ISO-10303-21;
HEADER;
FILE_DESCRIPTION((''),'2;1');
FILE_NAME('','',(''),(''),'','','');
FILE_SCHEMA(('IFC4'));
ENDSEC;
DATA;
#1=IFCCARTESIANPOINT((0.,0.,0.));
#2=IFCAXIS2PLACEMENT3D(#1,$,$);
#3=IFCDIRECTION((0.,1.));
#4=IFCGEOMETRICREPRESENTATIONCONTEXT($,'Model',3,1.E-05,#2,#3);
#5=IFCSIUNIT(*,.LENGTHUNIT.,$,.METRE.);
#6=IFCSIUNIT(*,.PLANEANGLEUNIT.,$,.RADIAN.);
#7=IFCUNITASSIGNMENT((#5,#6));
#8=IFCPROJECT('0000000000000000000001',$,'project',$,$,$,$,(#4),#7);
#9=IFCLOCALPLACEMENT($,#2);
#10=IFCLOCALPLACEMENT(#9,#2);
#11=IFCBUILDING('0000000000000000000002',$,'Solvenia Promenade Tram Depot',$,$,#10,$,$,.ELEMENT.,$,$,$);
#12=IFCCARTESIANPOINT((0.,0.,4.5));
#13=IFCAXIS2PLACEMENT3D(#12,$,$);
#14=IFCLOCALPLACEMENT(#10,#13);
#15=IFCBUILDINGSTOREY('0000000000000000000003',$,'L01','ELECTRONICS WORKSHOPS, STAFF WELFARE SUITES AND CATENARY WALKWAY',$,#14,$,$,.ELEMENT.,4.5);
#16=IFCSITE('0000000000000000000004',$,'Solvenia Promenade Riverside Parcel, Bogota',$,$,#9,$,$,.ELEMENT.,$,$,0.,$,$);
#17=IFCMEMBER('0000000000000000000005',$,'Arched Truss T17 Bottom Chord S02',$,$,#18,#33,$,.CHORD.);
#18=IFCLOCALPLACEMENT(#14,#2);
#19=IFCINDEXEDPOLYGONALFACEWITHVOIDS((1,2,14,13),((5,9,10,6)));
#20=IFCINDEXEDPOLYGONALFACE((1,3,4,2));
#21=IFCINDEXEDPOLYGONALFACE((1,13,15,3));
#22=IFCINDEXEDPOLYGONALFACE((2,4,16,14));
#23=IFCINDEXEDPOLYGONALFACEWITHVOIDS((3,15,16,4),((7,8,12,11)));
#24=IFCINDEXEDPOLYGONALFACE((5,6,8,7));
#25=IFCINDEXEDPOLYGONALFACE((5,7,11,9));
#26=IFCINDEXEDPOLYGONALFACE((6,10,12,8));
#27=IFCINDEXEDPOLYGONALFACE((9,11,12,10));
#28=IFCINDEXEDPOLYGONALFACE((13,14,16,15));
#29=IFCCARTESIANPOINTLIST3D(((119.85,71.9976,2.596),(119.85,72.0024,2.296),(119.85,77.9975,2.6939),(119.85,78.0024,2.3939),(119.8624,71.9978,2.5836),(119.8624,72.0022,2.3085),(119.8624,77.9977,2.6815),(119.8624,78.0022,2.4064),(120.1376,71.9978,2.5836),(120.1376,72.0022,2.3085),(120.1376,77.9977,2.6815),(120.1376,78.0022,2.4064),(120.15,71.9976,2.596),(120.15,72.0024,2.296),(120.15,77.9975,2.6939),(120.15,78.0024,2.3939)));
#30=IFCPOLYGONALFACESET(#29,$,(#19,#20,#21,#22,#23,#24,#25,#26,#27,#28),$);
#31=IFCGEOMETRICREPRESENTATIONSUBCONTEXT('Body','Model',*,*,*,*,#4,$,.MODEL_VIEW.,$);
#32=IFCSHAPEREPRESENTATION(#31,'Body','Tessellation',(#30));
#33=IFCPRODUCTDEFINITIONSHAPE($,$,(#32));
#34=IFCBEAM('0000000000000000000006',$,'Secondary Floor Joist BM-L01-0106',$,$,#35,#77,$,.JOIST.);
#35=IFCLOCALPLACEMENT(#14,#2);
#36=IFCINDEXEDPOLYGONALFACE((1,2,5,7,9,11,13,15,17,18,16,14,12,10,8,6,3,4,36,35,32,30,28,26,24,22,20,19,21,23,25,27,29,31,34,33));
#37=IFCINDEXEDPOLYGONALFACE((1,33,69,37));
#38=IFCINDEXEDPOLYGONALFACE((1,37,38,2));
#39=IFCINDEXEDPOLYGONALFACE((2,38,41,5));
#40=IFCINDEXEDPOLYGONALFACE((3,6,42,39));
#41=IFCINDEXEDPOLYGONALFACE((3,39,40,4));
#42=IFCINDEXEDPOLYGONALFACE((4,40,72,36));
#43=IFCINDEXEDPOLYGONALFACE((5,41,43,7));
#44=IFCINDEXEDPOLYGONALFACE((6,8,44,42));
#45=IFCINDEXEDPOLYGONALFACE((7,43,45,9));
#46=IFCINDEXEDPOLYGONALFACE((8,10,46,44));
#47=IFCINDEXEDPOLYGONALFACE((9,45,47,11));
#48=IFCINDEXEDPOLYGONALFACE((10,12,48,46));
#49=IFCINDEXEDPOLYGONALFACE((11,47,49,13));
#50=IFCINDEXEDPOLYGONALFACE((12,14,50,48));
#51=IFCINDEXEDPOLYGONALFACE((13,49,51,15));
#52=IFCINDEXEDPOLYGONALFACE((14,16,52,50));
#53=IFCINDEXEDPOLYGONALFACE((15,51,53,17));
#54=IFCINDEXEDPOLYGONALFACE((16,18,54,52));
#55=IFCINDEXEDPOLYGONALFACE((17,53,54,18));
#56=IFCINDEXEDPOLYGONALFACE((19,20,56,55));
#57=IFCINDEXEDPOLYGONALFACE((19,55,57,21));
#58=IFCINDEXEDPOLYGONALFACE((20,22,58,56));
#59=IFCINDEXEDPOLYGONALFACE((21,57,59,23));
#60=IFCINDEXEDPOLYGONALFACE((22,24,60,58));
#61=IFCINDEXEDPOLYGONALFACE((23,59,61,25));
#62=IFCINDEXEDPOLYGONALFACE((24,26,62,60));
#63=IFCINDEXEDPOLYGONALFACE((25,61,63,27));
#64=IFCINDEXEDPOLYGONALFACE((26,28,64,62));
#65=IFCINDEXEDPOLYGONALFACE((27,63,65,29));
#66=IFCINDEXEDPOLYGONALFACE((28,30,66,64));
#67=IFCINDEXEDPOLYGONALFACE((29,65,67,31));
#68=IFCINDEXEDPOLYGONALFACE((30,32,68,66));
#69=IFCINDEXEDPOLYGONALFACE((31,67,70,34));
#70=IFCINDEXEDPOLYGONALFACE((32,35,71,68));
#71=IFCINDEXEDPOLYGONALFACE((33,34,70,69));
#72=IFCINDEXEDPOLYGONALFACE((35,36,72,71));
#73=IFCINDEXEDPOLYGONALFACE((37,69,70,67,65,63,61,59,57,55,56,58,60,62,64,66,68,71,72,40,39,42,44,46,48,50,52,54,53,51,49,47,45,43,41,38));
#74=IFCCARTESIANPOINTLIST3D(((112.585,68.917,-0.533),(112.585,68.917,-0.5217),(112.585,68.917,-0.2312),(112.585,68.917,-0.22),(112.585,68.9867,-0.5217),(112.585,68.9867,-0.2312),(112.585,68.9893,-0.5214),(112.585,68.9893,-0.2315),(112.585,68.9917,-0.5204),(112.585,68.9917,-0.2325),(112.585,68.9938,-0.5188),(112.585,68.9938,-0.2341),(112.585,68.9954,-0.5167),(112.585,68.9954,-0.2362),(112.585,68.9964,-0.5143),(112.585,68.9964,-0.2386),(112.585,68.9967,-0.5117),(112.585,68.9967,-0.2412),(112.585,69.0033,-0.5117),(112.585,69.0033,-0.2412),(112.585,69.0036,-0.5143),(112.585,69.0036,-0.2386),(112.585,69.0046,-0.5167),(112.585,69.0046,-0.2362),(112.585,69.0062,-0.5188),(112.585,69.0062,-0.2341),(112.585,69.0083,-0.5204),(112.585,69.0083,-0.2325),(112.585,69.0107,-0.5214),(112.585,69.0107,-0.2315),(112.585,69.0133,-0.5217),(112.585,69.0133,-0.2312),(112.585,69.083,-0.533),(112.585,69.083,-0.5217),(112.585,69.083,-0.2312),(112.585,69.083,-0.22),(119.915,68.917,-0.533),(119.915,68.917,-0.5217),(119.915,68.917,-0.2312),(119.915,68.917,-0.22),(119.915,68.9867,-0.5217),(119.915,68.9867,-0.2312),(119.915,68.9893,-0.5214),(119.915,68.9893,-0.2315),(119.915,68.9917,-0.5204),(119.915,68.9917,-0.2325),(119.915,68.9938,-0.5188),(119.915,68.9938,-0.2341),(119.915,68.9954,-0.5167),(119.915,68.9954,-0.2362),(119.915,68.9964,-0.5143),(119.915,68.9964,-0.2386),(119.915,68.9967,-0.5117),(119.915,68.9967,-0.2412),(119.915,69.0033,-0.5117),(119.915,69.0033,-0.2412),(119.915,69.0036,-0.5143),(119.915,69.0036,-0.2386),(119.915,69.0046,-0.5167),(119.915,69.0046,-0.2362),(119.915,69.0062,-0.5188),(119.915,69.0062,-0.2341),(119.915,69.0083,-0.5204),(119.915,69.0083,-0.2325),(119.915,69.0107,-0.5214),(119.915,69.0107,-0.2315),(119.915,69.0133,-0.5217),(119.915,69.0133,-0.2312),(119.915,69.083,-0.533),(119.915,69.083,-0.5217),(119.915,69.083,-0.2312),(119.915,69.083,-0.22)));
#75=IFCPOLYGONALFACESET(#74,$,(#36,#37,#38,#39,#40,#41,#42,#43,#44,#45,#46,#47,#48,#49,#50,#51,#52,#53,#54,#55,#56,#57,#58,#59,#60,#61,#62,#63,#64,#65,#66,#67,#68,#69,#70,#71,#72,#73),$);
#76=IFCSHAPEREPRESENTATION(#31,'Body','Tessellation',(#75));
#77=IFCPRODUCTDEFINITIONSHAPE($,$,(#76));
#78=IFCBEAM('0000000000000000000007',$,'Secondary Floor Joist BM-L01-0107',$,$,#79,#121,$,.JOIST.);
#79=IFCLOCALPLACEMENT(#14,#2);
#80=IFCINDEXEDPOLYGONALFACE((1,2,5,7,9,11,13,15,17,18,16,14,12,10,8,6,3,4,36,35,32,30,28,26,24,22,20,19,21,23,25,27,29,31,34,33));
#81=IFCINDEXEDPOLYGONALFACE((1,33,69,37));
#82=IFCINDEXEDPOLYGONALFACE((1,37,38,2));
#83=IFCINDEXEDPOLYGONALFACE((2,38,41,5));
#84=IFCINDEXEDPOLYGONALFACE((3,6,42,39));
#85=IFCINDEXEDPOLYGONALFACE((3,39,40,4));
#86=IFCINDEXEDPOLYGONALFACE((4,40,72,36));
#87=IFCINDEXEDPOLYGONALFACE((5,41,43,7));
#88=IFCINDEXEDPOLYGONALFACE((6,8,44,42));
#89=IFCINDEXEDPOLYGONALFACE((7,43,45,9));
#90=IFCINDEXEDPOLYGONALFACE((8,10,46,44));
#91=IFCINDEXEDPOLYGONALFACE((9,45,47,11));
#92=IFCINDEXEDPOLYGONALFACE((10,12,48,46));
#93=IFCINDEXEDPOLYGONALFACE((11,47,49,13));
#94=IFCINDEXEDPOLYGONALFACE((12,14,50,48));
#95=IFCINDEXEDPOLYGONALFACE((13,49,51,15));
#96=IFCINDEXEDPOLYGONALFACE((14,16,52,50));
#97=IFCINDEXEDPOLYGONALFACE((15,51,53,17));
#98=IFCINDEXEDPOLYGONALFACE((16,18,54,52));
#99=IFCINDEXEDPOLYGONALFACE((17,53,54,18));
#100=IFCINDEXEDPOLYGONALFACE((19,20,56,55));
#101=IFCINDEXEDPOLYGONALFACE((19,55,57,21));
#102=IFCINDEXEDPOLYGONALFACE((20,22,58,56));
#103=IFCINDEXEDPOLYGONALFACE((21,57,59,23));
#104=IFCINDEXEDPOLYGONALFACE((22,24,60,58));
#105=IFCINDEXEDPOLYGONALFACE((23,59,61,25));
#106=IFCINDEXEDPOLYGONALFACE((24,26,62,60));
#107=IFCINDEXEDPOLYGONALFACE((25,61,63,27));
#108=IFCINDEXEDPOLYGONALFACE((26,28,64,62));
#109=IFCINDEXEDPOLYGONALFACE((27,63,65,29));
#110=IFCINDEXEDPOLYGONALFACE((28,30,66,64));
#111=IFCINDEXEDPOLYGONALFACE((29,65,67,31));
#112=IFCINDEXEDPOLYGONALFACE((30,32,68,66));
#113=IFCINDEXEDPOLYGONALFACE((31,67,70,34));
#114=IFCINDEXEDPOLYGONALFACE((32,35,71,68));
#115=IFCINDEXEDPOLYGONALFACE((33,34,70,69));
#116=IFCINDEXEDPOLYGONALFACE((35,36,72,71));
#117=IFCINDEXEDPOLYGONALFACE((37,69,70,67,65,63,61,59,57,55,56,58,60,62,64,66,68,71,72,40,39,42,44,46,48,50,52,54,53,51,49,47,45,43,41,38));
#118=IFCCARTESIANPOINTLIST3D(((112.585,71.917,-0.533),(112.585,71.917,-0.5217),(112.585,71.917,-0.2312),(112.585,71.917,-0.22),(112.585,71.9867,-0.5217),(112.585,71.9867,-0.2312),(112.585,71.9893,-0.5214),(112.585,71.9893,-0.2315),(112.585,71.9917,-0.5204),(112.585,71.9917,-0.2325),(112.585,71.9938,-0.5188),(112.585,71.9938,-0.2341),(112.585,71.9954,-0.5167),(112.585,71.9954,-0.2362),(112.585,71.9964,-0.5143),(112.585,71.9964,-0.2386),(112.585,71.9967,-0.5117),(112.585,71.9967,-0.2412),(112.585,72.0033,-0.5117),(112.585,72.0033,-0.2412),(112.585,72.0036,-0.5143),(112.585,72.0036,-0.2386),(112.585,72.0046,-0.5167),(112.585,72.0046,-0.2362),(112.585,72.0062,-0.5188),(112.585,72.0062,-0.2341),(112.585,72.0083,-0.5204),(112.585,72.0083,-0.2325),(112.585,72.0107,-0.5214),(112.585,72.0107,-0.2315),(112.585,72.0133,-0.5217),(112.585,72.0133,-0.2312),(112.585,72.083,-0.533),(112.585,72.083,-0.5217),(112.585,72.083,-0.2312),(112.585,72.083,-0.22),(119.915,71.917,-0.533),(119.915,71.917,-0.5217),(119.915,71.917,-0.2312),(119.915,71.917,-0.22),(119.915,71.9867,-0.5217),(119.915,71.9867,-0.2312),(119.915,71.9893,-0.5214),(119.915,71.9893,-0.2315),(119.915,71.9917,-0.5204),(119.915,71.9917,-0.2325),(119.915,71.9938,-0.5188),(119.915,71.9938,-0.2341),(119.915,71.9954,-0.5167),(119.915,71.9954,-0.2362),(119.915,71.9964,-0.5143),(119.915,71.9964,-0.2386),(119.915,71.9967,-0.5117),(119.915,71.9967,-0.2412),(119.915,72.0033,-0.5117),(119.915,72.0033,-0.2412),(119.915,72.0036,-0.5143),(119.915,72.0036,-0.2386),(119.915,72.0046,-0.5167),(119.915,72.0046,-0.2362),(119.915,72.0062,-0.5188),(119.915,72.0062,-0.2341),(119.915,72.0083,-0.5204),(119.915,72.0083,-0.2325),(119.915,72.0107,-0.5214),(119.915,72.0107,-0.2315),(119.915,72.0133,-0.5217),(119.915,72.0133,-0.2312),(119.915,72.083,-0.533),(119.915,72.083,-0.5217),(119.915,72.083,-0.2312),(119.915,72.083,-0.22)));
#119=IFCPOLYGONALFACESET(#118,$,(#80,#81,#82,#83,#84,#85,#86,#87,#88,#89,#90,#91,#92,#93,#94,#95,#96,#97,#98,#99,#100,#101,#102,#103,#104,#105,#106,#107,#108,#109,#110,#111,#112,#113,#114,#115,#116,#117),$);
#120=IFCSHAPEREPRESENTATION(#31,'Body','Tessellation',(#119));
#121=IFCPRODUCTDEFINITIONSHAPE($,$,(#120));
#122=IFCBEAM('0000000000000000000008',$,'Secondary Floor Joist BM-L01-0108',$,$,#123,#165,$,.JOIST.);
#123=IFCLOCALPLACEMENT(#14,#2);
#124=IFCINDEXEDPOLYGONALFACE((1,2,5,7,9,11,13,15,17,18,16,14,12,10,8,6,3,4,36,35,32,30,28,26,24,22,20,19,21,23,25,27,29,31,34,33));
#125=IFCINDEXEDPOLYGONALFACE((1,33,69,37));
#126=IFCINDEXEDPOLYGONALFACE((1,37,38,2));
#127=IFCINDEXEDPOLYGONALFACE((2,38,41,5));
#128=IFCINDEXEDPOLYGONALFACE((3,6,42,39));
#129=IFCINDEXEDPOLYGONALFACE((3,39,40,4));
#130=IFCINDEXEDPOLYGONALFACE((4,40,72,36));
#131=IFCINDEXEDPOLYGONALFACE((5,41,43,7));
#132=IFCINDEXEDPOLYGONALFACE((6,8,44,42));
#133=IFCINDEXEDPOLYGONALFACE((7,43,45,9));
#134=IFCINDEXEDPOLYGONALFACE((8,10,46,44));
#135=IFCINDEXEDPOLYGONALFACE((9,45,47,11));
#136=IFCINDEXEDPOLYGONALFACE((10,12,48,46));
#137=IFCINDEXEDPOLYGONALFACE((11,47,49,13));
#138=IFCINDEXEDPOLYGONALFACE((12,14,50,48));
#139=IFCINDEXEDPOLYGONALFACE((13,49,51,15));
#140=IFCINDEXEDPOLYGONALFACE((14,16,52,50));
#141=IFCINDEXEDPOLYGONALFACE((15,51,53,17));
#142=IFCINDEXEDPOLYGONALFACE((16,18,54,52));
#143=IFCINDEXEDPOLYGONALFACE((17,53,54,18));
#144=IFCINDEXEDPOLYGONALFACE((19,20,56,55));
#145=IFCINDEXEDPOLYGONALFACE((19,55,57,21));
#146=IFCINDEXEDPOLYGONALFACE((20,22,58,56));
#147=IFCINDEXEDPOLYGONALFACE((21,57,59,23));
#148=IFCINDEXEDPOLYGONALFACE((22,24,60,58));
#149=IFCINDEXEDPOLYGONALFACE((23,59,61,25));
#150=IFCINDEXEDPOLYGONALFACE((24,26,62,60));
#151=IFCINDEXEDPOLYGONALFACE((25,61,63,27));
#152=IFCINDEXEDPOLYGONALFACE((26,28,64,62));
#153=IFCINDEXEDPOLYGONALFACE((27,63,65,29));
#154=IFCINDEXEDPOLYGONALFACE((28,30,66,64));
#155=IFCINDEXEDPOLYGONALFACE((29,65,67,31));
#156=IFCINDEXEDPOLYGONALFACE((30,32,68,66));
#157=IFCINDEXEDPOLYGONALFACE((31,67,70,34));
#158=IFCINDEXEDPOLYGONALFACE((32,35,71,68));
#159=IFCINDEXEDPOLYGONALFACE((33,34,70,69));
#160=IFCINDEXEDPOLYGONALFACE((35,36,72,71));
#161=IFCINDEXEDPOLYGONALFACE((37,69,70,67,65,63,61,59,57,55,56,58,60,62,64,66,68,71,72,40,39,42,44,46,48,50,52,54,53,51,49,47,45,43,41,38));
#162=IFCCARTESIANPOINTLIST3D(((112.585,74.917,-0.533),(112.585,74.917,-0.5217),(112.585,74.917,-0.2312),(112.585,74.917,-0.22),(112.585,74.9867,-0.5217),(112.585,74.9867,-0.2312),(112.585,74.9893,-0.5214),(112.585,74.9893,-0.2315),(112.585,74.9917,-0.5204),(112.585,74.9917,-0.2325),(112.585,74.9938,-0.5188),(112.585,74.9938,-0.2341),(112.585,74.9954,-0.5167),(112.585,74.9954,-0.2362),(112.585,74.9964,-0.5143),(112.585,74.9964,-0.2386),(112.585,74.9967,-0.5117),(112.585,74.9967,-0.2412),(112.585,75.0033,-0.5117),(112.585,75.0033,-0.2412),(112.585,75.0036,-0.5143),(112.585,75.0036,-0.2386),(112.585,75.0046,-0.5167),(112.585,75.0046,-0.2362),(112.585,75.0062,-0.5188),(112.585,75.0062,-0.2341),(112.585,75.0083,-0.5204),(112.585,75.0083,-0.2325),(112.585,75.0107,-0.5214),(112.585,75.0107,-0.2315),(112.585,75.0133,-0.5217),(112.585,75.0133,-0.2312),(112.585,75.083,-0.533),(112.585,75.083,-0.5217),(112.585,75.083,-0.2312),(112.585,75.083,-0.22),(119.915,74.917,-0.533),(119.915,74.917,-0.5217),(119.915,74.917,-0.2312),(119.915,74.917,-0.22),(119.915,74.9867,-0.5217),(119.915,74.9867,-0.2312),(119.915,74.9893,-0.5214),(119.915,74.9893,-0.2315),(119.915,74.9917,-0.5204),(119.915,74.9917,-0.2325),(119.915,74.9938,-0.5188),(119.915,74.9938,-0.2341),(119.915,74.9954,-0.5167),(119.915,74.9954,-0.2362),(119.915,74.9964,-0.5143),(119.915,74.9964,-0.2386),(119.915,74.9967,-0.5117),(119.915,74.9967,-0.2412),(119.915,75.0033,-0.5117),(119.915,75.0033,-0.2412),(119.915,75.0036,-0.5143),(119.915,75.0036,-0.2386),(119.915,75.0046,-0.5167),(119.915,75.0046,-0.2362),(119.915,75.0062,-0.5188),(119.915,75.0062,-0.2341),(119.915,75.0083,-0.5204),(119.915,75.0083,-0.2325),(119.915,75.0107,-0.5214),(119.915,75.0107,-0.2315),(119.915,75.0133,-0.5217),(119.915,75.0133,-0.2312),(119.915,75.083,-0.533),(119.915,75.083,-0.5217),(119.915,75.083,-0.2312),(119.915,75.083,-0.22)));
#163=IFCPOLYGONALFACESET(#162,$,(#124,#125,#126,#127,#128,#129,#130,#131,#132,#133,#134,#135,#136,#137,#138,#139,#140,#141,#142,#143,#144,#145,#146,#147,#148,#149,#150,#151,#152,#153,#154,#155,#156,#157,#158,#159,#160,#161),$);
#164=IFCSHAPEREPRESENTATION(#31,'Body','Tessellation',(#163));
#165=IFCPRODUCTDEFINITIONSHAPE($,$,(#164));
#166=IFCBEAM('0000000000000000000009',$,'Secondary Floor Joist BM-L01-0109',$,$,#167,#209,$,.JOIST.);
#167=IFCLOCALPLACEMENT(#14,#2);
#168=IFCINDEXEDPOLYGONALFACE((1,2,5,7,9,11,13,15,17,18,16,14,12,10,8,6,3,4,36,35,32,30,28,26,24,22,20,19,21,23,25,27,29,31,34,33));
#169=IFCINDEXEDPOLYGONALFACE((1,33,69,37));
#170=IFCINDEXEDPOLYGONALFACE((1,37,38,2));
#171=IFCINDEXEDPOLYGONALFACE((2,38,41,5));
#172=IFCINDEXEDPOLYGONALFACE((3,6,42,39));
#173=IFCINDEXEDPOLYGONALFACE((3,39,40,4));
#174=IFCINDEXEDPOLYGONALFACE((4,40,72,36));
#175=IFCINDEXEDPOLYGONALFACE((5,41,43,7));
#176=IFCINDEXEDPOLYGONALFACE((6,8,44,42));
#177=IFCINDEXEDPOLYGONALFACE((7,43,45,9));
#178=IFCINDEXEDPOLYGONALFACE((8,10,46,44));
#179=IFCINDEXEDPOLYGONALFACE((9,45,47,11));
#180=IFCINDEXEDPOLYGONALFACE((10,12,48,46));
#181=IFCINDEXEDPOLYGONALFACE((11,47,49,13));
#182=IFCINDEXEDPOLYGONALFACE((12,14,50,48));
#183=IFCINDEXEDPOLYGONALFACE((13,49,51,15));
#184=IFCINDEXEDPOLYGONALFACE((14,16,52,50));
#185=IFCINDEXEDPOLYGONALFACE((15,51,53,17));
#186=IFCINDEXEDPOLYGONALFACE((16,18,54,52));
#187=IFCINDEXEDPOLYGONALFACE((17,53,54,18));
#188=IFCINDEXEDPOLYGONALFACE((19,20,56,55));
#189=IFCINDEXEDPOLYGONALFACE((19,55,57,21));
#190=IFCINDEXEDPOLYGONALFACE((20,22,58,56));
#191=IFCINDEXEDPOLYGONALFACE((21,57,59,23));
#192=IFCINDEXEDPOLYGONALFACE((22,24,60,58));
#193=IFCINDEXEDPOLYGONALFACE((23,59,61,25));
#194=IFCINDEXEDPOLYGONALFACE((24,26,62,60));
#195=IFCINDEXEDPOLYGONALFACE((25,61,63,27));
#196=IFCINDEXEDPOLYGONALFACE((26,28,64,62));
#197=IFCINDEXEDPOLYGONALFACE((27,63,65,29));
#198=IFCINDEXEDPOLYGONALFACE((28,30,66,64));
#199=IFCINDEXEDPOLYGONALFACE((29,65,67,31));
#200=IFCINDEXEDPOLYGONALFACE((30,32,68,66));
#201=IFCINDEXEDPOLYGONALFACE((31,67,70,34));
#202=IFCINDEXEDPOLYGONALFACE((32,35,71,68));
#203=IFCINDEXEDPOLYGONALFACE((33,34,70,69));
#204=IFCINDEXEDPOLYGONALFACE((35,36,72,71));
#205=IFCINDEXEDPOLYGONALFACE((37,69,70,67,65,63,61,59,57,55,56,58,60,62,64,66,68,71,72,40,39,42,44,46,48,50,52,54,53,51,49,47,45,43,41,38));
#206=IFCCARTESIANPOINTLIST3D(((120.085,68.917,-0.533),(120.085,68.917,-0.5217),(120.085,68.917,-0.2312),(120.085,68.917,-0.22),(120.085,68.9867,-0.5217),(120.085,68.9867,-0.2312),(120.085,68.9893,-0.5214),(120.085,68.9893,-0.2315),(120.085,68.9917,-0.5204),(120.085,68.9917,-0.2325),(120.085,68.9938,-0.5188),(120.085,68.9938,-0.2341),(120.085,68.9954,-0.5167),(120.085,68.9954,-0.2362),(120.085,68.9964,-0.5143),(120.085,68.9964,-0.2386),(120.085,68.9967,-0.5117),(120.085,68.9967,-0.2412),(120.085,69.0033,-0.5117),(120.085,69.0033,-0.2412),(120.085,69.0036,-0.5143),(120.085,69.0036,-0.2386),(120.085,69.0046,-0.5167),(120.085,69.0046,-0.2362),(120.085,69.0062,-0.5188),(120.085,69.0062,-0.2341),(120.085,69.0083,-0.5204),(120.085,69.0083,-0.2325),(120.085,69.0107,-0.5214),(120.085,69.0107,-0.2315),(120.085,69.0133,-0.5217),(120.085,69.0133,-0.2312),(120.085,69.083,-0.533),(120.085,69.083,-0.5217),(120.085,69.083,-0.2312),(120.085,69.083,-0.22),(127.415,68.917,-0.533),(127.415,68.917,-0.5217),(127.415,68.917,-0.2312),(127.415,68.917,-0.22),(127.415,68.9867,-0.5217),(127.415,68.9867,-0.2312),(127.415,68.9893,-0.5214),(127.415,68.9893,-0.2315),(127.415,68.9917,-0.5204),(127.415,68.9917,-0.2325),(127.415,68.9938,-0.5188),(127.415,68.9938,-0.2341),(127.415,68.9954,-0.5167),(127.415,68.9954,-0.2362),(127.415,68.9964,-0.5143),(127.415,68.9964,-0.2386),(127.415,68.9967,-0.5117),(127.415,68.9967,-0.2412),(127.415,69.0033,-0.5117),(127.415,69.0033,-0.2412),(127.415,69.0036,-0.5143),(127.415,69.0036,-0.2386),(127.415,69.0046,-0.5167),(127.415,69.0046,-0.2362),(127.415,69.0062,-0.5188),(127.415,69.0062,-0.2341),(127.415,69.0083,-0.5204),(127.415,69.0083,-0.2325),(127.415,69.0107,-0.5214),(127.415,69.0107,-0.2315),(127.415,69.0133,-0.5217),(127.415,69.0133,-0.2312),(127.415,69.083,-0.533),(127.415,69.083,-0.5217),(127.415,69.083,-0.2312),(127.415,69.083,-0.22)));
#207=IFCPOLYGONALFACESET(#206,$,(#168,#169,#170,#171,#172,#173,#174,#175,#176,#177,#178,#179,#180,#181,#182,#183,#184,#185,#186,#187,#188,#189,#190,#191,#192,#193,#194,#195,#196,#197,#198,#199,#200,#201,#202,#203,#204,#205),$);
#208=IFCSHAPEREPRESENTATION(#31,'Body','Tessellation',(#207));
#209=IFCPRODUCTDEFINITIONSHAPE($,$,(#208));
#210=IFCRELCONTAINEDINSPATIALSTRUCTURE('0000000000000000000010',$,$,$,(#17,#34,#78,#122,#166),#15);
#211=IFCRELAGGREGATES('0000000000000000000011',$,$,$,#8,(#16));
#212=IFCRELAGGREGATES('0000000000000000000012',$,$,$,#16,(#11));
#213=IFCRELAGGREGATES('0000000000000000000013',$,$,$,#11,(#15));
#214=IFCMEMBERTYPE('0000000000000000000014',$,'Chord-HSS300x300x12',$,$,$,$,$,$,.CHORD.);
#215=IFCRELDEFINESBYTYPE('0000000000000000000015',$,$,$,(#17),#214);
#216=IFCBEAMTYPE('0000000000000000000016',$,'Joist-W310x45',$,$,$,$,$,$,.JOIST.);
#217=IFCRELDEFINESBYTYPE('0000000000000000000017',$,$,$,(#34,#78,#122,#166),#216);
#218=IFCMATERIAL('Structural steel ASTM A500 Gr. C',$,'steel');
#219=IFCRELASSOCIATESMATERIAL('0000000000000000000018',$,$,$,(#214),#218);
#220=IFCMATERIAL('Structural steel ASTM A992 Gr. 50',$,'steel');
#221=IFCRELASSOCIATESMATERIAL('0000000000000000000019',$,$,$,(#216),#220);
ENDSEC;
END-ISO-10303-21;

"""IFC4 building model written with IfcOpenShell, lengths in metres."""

from ifc_helpers import new_model, si_unit, direction, frame, origin, origin_2d, place, context, subcontext, project, spatial, hollow_rectangle, i_section, extrude, material, material_profile, profile_set, type_object, element, save


model = new_model("IFC4")

# Units and contexts
model_context = context("Model", 3, precision=1e-05, world=origin(), true_north=direction((0.0, 1.0)))
body_context = subcontext(model_context, "Body", "Model", "MODEL_VIEW")
ifc_project = project(units=[si_unit("LENGTHUNIT", "METRE"), si_unit("PLANEANGLEUNIT", "RADIAN")], contexts=[model_context])

# Site, building, storey
site_placement = place(None, origin())
site = spatial("IfcSite", under=ifc_project, at=site_placement, Name="Solvenia Promenade Riverside Parcel, Bogota", CompositionType="ELEMENT", RefElevation=0.0)
building_placement = place(site_placement, origin())
building = spatial("IfcBuilding", under=site, at=building_placement, Name="Solvenia Promenade Tram Depot", CompositionType="ELEMENT")
storey_placement = place(building_placement, frame((0.0, 0.0, 4.5)))
storey = spatial("IfcBuildingStorey", under=building, at=storey_placement, Name="L01", Description="ELECTRONICS WORKSHOPS, STAFF WELFARE SUITES AND CATENARY WALKWAY", CompositionType="ELEMENT", Elevation=4.5)

# Shared definitions
ifc_material_1 = material(Name="Structural steel ASTM A992 Gr. 50", Category="steel")

# Shared definitions
ifc_material_2 = material(Name="Structural steel ASTM A500 Gr. C", Category="steel")

# Member
ifc_material_profile_1 = material_profile(ifc_material_2, hollow_rectangle(XDim=0.3, YDim=0.3, WallThickness=0.0125, at=origin_2d()), Name="HSS300x300x12.5", Category="steel")
ifc_profile_set_1 = profile_set([ifc_material_profile_1], Name="Structural steel ASTM A500 Gr. C")
member_type_1 = type_object("IfcMemberType", Name="Chord-HSS300x300x12", PredefinedType="CHORD", material=ifc_profile_set_1)
member_1_placement = place(storey_placement, frame((120.0, 72.0, 2.446), z_axis=(0.0, 0.999867, 0.016315), x_axis=(-1.0, 0.0, 0.0)))
element("IfcMember", 1, at=member_1_placement, inside=storey, type_object=member_type_1, Name="Arched Truss T17 Bottom Chord S02", PredefinedType="CHORD", context=body_context, shape_type="SweptSolid", body=[
    extrude(hollow_rectangle(XDim=0.3, YDim=0.3, WallThickness=0.0125, at=origin_2d()), origin(), (0.0, 0.0, 1.0), 6.0007),
])

# Beams
ifc_material_profile_2 = material_profile(ifc_material_1, i_section(OverallWidth=0.166, OverallDepth=0.313, WebThickness=0.0066, FlangeThickness=0.0112, FilletRadius=0.01, at=origin_2d()), Name="W310x45", Category="steel")
ifc_profile_set_2 = profile_set([ifc_material_profile_2], Name="Structural steel ASTM A992 Gr. 50")
beam_type_1 = type_object("IfcBeamType", Name="Joist-W310x45", PredefinedType="JOIST", material=ifc_profile_set_2)
for number, where, z_axis, x_axis, name in (
    (2, (112.585, 69.0, -0.3765), (1.0, 0.0, 0.0), (0.0, 1.0, 0.0), "Secondary Floor Joist BM-L01-0106"),
    (3, (112.585, 72.0, -0.3765), (1.0, 0.0, 0.0), (0.0, 1.0, 0.0), "Secondary Floor Joist BM-L01-0107"),
    (4, (112.585, 75.0, -0.3765), (1.0, 0.0, 0.0), (0.0, 1.0, 0.0), "Secondary Floor Joist BM-L01-0108"),
    (5, (120.085, 69.0, -0.3765), (1.0, 0.0, 0.0), (0.0, 1.0, 0.0), "Secondary Floor Joist BM-L01-0109"),
):
    element("IfcBeam", number, at=place(storey_placement, frame(where, z_axis=z_axis, x_axis=x_axis)), inside=storey, type_object=beam_type_1, Name=name, PredefinedType="JOIST", context=body_context, shape_type="SweptSolid", body=[
        extrude(i_section(OverallWidth=0.166, OverallDepth=0.313, WebThickness=0.0066, FlangeThickness=0.0112, FilletRadius=0.01, at=origin_2d()), origin(), (0.0, 0.0, 1.0), 7.3301),
    ])

save(model, "model.ifc")
